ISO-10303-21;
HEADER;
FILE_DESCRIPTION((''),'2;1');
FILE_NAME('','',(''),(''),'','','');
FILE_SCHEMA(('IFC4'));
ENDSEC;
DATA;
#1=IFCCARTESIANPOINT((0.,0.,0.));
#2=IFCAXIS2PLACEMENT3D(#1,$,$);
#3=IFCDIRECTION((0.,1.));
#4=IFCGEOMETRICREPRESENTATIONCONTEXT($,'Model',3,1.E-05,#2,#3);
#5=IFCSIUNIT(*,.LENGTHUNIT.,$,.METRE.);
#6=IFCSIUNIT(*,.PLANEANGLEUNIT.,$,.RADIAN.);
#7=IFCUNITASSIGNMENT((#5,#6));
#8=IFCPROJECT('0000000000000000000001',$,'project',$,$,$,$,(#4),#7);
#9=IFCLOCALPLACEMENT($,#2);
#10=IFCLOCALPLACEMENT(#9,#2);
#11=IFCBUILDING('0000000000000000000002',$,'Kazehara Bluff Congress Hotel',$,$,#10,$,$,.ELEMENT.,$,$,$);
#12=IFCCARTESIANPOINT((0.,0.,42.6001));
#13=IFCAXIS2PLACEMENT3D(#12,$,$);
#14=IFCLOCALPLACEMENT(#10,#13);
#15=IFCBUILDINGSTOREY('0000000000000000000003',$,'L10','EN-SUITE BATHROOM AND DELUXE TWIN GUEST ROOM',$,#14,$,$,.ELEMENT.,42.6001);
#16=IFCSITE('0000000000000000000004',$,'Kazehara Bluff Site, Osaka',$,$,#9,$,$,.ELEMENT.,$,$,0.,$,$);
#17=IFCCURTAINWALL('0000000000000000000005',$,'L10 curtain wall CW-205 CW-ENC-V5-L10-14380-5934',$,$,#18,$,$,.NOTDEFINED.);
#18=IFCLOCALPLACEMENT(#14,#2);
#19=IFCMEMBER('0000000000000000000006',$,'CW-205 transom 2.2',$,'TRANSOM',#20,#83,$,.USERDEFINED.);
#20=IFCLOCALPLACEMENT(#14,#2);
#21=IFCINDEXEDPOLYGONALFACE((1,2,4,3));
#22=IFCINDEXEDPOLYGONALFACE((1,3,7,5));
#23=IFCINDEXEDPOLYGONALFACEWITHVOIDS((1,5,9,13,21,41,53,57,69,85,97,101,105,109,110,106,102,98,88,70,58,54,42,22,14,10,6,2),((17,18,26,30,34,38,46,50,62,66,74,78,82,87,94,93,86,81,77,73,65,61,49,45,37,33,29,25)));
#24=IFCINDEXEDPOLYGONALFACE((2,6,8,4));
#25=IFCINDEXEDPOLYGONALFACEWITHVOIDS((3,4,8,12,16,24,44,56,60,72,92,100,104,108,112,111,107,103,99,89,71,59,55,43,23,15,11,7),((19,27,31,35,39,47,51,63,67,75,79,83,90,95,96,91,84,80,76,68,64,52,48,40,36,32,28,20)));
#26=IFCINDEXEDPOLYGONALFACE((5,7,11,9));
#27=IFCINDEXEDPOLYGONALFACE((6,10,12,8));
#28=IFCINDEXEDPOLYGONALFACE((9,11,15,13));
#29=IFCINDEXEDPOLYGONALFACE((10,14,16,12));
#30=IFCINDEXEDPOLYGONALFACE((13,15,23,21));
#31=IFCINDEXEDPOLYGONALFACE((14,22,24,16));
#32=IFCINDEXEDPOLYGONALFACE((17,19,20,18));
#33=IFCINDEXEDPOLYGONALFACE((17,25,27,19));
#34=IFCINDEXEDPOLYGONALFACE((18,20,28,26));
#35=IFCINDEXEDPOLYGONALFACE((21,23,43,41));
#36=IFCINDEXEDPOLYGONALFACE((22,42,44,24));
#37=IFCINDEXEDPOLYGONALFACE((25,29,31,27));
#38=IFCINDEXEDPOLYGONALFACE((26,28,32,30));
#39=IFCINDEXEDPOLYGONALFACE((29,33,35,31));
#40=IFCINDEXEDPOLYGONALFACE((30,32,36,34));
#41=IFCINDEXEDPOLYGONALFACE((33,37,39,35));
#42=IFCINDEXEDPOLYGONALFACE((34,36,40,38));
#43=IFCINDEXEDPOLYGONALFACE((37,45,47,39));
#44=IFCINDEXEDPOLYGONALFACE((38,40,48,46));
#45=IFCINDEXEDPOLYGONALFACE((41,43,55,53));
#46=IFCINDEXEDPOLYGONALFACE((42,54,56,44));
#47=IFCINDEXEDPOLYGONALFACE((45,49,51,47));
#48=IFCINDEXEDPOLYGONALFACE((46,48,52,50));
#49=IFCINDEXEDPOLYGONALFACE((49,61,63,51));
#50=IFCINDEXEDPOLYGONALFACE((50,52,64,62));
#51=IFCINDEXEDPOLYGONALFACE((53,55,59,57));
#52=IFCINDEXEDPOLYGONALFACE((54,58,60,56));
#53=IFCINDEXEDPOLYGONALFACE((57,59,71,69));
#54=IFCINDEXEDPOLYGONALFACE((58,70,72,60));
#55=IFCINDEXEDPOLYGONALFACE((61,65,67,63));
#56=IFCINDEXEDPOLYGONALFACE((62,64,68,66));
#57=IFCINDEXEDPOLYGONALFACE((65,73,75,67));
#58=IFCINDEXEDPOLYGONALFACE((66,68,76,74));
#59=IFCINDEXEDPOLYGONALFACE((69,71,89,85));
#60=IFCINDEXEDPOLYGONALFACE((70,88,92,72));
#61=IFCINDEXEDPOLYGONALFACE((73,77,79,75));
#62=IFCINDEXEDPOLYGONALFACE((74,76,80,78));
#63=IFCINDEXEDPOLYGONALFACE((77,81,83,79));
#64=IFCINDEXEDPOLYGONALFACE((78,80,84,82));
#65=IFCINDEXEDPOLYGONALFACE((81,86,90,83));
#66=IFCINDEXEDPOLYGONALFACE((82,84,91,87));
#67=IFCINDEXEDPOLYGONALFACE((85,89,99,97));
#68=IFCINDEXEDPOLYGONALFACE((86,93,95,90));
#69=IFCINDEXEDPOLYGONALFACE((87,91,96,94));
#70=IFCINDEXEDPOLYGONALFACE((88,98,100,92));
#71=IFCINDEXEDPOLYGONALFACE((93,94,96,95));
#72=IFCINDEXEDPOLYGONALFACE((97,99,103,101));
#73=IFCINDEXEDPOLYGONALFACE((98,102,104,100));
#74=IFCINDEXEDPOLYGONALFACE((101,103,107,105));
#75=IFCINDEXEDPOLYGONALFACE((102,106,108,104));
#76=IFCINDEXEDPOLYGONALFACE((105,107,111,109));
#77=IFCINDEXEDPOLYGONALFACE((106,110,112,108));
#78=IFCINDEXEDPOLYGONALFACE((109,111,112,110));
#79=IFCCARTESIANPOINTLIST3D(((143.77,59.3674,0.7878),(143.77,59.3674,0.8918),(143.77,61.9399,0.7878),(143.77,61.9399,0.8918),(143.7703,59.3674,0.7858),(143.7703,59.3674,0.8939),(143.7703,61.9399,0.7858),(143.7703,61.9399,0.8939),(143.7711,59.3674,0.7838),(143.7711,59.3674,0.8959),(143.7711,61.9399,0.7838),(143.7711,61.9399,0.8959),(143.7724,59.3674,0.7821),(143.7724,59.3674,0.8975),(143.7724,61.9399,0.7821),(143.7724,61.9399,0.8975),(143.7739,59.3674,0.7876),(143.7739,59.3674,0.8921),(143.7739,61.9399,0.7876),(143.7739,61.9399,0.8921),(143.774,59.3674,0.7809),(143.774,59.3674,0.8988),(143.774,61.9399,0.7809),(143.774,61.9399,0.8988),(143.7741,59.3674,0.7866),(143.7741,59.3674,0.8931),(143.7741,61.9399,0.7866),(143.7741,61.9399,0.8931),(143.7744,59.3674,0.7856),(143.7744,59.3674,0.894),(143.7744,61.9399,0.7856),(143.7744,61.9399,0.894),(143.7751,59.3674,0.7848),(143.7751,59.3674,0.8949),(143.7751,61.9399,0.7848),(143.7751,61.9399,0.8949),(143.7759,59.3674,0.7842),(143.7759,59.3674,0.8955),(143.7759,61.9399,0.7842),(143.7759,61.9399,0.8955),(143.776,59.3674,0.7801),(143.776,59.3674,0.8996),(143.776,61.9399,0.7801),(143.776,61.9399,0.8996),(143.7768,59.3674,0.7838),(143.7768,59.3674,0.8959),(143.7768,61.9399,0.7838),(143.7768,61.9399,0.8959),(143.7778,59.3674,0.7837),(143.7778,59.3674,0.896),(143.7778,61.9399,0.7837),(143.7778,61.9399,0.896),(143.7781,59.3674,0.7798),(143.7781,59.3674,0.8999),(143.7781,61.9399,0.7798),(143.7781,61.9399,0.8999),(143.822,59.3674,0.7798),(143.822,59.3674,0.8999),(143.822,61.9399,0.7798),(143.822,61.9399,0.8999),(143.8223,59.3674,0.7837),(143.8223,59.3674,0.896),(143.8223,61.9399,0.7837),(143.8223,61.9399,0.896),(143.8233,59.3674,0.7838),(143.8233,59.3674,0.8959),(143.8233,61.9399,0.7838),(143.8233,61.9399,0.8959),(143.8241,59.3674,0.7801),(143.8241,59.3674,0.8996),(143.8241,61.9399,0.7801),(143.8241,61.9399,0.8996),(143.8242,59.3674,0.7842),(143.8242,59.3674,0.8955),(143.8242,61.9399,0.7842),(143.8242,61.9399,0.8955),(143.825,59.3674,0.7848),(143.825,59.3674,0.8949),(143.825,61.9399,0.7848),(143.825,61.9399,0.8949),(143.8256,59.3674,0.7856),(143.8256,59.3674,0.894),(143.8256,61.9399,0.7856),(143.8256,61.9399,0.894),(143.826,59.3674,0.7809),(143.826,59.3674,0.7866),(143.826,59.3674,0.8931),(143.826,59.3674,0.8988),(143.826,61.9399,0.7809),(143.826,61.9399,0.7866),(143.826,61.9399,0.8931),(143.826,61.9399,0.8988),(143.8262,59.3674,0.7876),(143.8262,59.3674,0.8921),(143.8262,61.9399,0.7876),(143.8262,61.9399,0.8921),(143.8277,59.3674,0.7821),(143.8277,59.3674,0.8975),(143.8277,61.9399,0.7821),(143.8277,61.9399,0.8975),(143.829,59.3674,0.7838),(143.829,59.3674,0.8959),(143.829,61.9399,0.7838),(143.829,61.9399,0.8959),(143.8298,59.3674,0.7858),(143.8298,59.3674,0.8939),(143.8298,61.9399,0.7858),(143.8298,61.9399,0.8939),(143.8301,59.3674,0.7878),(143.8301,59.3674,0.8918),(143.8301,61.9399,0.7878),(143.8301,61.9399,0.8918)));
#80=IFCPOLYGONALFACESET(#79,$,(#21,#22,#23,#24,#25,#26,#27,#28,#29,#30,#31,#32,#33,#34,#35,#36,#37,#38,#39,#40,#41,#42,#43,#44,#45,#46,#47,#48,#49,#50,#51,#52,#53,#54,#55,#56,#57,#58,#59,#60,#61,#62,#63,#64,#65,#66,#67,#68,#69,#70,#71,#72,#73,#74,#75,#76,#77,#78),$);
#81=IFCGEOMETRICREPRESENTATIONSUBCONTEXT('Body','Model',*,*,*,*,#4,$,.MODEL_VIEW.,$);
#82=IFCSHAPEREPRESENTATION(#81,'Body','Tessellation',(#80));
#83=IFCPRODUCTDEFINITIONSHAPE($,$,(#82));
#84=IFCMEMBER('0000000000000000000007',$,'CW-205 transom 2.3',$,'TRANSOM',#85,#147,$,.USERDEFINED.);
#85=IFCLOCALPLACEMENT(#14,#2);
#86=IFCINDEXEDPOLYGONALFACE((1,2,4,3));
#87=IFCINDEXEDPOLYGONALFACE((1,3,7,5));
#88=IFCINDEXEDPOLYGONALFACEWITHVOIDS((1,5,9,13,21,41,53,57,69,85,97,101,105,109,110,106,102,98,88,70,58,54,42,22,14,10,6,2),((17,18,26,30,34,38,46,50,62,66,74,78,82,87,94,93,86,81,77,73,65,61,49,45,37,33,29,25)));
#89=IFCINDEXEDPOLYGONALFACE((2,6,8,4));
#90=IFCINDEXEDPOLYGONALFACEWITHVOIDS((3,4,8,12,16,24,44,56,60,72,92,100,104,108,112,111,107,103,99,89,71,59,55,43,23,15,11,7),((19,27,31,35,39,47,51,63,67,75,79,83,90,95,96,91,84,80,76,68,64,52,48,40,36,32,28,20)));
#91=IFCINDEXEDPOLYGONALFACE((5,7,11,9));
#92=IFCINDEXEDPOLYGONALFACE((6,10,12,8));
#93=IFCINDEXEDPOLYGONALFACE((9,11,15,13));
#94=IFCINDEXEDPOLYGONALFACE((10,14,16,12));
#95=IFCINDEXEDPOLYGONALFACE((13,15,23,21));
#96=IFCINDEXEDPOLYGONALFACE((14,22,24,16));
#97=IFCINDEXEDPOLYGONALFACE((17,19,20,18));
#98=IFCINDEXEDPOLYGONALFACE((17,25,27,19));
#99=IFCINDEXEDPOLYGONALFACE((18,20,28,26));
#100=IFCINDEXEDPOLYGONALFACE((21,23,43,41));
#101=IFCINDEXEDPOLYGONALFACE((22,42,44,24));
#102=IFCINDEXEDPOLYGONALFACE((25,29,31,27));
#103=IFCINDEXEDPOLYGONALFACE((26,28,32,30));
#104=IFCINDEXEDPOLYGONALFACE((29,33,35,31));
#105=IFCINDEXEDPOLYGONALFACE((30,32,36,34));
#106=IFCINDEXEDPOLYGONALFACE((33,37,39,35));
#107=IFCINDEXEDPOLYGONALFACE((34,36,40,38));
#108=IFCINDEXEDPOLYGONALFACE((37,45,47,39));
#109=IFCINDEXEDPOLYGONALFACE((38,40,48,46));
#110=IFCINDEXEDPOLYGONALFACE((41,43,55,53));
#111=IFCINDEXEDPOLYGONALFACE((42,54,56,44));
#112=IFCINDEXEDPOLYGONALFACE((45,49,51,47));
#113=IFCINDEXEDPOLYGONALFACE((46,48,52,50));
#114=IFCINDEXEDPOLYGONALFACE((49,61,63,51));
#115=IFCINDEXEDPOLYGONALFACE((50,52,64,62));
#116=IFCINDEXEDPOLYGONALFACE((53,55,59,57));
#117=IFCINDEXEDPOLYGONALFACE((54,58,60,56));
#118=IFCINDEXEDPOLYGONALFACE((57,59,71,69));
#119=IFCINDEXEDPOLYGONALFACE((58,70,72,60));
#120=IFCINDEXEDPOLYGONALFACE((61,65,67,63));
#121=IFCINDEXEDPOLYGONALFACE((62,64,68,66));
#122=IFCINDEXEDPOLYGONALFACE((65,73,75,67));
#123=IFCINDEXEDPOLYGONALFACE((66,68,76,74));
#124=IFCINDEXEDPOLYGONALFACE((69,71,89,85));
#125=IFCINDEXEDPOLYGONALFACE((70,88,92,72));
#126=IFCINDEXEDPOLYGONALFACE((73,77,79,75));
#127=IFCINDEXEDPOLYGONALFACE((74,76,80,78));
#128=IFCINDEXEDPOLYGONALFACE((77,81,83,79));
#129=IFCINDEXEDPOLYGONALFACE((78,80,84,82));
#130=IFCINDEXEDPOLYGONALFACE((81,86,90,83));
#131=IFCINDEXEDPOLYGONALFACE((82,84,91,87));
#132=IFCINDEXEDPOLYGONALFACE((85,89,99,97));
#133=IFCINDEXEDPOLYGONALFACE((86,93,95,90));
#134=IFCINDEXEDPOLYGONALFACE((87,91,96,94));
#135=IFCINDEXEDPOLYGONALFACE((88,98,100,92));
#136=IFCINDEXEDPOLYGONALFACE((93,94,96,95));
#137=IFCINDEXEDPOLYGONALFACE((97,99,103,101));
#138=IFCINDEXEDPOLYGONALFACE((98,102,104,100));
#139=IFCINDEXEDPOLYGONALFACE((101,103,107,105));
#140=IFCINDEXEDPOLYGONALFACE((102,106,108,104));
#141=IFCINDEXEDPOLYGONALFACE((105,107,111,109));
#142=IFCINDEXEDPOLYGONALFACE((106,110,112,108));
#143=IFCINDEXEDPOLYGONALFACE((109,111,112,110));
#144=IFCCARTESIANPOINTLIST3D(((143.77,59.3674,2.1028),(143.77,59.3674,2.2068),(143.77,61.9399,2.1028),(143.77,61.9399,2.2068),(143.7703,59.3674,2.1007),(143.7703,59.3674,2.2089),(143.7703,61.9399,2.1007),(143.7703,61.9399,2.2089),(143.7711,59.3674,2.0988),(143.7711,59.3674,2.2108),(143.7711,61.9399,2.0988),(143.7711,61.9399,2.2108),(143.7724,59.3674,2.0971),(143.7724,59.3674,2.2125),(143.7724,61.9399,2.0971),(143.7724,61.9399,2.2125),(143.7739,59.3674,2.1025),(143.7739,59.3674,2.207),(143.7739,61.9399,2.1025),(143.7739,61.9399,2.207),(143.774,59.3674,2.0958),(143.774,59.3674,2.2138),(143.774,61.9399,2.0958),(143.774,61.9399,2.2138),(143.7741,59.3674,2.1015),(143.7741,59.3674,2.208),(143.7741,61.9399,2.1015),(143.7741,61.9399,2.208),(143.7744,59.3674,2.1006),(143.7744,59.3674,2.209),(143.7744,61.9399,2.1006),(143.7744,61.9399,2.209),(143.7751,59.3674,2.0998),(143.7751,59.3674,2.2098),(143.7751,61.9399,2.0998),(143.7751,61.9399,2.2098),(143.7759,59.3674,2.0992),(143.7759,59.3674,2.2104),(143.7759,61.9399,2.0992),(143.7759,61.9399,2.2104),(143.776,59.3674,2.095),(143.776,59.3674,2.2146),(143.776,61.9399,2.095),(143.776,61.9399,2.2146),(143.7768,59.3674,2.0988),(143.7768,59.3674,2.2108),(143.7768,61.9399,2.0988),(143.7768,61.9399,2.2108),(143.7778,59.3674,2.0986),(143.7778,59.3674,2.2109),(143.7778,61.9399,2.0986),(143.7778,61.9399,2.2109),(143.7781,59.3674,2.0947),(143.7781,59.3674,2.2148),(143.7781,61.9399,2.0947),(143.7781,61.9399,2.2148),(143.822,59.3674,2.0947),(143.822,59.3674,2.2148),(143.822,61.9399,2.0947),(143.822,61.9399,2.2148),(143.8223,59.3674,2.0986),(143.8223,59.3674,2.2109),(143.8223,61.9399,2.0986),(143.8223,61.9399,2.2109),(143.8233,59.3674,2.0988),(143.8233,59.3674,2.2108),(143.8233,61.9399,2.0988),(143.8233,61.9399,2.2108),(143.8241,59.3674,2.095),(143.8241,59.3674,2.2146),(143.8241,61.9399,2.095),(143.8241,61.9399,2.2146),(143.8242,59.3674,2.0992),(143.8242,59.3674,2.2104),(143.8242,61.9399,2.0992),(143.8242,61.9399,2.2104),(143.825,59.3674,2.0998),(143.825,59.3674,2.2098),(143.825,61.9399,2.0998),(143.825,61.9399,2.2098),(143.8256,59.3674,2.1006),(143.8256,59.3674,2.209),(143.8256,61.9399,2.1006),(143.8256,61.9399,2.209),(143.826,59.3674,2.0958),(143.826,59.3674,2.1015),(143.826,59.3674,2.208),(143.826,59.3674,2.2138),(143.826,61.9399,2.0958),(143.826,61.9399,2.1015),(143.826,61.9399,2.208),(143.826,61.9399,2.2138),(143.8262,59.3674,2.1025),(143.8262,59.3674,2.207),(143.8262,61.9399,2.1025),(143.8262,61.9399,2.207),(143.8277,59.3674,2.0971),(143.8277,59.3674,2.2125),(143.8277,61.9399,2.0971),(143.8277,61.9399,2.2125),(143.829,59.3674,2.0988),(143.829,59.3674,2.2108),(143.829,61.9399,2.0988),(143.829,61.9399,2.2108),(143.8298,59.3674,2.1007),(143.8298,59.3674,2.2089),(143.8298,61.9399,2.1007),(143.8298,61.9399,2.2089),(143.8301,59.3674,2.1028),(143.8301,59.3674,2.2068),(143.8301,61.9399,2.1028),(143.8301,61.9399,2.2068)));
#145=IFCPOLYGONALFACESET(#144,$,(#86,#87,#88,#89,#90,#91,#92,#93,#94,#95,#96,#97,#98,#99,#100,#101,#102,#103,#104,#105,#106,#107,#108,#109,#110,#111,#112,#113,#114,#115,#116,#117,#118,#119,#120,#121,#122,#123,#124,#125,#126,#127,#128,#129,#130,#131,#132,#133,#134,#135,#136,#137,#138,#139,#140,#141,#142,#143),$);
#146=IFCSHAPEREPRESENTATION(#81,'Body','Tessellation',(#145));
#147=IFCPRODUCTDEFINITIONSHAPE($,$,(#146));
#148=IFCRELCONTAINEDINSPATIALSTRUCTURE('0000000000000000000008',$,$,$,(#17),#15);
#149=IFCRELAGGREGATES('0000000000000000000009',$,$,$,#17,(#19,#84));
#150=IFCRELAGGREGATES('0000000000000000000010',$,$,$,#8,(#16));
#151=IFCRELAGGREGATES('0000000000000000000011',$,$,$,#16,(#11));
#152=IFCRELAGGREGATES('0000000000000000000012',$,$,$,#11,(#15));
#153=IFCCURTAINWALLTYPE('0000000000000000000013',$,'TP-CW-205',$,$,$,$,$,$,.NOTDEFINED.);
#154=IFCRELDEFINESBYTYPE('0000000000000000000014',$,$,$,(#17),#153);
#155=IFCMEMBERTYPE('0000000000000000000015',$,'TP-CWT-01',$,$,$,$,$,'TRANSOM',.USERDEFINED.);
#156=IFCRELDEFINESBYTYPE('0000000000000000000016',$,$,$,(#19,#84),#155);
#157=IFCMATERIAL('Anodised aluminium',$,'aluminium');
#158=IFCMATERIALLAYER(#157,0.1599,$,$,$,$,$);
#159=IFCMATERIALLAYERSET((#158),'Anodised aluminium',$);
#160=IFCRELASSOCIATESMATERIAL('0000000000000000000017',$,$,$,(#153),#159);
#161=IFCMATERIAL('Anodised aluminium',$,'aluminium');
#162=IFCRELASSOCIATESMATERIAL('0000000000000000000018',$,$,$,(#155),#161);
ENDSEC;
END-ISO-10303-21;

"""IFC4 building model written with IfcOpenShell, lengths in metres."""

from ifc_helpers import new_model, si_unit, direction, frame, origin, origin_2d, place, context, subcontext, project, spatial, hollow_rectangle, extrude, material, layer, layer_set, material_profile, profile_set, type_object, element, aggregate, save


model = new_model("IFC4")

# Units and contexts
model_context = context("Model", 3, precision=1e-05, world=origin(), true_north=direction((0.0, 1.0)))
body_context = subcontext(model_context, "Body", "Model", "MODEL_VIEW")
ifc_project = project(units=[si_unit("LENGTHUNIT", "METRE"), si_unit("PLANEANGLEUNIT", "RADIAN")], contexts=[model_context])

# Site, building, storey
site_placement = place(None, origin())
site = spatial("IfcSite", under=ifc_project, at=site_placement, Name="Kazehara Bluff Site, Osaka", CompositionType="ELEMENT", RefElevation=0.0)
building_placement = place(site_placement, origin())
building = spatial("IfcBuilding", under=site, at=building_placement, Name="Kazehara Bluff Congress Hotel", CompositionType="ELEMENT")
storey_placement = place(building_placement, frame((0.0, 0.0, 42.6001)))
storey = spatial("IfcBuildingStorey", under=building, at=storey_placement, Name="L10", Description="EN-SUITE BATHROOM AND DELUXE TWIN GUEST ROOM", CompositionType="ELEMENT", Elevation=42.6001)

# Curtain wall
ifc_material_1 = material(Name="Anodised aluminium", Category="aluminium")
ifc_layer_1 = layer(ifc_material_1, 0.1599)
ifc_layer_set_1 = layer_set([ifc_layer_1], Name="Anodised aluminium")
curtain_wall_type_1 = type_object("IfcCurtainWallType", Name="TP-CW-205", PredefinedType="NOTDEFINED", material=ifc_layer_set_1)
curtain_wall_1_placement = place(storey_placement, origin())
curtain_wall_1 = element("IfcCurtainWall", 1, at=curtain_wall_1_placement, inside=storey, type_object=curtain_wall_type_1, Name="L10 curtain wall CW-205 CW-ENC-V5-L10-14380-5934", PredefinedType="NOTDEFINED")

# Members
ifc_material_2 = material(Name="Anodised aluminium", Category="aluminium")
ifc_material_profile_1 = material_profile(ifc_material_2, hollow_rectangle(XDim=0.0601, YDim=0.1201, WallThickness=0.0039, InnerFilletRadius=0.0039, OuterFilletRadius=0.0081, at=origin_2d()))
ifc_profile_set_1 = profile_set([ifc_material_profile_1], Name="Anodised aluminium")
member_type_1 = type_object("IfcMemberType", Name="TP-CWT-01", ElementType="TRANSOM", PredefinedType="USERDEFINED", material=ifc_profile_set_1)
member_1_placement = place(storey_placement, frame((143.8, 59.3674, 0.8398), z_axis=(0.0, 1.0, 0.0), x_axis=(-1.0, 0.0, 0.0)))
member_1 = element("IfcMember", 2, at=member_1_placement, type_object=member_type_1, Name="CW-205 transom 2.2", ObjectType="TRANSOM", PredefinedType="USERDEFINED", context=body_context, shape_type="SweptSolid", body=[
    extrude(hollow_rectangle(XDim=0.0601, YDim=0.1201, WallThickness=0.0039, InnerFilletRadius=0.0039, OuterFilletRadius=0.0081, at=origin_2d()), origin(), (0.0, 0.0, 1.0), 2.5725),
])
member_2_placement = place(storey_placement, frame((143.8, 59.3674, 2.1548), z_axis=(0.0, 1.0, 0.0), x_axis=(-1.0, 0.0, 0.0)))
member_2 = element("IfcMember", 3, at=member_2_placement, type_object=member_type_1, Name="CW-205 transom 2.3", ObjectType="TRANSOM", PredefinedType="USERDEFINED", context=body_context, shape_type="SweptSolid", body=[
    extrude(hollow_rectangle(XDim=0.0601, YDim=0.1201, WallThickness=0.0039, InnerFilletRadius=0.0039, OuterFilletRadius=0.0081, at=origin_2d()), origin(), (0.0, 0.0, 1.0), 2.5725),
])

aggregate(curtain_wall_1, [member_1, member_2])

save(model, "model.ifc")
